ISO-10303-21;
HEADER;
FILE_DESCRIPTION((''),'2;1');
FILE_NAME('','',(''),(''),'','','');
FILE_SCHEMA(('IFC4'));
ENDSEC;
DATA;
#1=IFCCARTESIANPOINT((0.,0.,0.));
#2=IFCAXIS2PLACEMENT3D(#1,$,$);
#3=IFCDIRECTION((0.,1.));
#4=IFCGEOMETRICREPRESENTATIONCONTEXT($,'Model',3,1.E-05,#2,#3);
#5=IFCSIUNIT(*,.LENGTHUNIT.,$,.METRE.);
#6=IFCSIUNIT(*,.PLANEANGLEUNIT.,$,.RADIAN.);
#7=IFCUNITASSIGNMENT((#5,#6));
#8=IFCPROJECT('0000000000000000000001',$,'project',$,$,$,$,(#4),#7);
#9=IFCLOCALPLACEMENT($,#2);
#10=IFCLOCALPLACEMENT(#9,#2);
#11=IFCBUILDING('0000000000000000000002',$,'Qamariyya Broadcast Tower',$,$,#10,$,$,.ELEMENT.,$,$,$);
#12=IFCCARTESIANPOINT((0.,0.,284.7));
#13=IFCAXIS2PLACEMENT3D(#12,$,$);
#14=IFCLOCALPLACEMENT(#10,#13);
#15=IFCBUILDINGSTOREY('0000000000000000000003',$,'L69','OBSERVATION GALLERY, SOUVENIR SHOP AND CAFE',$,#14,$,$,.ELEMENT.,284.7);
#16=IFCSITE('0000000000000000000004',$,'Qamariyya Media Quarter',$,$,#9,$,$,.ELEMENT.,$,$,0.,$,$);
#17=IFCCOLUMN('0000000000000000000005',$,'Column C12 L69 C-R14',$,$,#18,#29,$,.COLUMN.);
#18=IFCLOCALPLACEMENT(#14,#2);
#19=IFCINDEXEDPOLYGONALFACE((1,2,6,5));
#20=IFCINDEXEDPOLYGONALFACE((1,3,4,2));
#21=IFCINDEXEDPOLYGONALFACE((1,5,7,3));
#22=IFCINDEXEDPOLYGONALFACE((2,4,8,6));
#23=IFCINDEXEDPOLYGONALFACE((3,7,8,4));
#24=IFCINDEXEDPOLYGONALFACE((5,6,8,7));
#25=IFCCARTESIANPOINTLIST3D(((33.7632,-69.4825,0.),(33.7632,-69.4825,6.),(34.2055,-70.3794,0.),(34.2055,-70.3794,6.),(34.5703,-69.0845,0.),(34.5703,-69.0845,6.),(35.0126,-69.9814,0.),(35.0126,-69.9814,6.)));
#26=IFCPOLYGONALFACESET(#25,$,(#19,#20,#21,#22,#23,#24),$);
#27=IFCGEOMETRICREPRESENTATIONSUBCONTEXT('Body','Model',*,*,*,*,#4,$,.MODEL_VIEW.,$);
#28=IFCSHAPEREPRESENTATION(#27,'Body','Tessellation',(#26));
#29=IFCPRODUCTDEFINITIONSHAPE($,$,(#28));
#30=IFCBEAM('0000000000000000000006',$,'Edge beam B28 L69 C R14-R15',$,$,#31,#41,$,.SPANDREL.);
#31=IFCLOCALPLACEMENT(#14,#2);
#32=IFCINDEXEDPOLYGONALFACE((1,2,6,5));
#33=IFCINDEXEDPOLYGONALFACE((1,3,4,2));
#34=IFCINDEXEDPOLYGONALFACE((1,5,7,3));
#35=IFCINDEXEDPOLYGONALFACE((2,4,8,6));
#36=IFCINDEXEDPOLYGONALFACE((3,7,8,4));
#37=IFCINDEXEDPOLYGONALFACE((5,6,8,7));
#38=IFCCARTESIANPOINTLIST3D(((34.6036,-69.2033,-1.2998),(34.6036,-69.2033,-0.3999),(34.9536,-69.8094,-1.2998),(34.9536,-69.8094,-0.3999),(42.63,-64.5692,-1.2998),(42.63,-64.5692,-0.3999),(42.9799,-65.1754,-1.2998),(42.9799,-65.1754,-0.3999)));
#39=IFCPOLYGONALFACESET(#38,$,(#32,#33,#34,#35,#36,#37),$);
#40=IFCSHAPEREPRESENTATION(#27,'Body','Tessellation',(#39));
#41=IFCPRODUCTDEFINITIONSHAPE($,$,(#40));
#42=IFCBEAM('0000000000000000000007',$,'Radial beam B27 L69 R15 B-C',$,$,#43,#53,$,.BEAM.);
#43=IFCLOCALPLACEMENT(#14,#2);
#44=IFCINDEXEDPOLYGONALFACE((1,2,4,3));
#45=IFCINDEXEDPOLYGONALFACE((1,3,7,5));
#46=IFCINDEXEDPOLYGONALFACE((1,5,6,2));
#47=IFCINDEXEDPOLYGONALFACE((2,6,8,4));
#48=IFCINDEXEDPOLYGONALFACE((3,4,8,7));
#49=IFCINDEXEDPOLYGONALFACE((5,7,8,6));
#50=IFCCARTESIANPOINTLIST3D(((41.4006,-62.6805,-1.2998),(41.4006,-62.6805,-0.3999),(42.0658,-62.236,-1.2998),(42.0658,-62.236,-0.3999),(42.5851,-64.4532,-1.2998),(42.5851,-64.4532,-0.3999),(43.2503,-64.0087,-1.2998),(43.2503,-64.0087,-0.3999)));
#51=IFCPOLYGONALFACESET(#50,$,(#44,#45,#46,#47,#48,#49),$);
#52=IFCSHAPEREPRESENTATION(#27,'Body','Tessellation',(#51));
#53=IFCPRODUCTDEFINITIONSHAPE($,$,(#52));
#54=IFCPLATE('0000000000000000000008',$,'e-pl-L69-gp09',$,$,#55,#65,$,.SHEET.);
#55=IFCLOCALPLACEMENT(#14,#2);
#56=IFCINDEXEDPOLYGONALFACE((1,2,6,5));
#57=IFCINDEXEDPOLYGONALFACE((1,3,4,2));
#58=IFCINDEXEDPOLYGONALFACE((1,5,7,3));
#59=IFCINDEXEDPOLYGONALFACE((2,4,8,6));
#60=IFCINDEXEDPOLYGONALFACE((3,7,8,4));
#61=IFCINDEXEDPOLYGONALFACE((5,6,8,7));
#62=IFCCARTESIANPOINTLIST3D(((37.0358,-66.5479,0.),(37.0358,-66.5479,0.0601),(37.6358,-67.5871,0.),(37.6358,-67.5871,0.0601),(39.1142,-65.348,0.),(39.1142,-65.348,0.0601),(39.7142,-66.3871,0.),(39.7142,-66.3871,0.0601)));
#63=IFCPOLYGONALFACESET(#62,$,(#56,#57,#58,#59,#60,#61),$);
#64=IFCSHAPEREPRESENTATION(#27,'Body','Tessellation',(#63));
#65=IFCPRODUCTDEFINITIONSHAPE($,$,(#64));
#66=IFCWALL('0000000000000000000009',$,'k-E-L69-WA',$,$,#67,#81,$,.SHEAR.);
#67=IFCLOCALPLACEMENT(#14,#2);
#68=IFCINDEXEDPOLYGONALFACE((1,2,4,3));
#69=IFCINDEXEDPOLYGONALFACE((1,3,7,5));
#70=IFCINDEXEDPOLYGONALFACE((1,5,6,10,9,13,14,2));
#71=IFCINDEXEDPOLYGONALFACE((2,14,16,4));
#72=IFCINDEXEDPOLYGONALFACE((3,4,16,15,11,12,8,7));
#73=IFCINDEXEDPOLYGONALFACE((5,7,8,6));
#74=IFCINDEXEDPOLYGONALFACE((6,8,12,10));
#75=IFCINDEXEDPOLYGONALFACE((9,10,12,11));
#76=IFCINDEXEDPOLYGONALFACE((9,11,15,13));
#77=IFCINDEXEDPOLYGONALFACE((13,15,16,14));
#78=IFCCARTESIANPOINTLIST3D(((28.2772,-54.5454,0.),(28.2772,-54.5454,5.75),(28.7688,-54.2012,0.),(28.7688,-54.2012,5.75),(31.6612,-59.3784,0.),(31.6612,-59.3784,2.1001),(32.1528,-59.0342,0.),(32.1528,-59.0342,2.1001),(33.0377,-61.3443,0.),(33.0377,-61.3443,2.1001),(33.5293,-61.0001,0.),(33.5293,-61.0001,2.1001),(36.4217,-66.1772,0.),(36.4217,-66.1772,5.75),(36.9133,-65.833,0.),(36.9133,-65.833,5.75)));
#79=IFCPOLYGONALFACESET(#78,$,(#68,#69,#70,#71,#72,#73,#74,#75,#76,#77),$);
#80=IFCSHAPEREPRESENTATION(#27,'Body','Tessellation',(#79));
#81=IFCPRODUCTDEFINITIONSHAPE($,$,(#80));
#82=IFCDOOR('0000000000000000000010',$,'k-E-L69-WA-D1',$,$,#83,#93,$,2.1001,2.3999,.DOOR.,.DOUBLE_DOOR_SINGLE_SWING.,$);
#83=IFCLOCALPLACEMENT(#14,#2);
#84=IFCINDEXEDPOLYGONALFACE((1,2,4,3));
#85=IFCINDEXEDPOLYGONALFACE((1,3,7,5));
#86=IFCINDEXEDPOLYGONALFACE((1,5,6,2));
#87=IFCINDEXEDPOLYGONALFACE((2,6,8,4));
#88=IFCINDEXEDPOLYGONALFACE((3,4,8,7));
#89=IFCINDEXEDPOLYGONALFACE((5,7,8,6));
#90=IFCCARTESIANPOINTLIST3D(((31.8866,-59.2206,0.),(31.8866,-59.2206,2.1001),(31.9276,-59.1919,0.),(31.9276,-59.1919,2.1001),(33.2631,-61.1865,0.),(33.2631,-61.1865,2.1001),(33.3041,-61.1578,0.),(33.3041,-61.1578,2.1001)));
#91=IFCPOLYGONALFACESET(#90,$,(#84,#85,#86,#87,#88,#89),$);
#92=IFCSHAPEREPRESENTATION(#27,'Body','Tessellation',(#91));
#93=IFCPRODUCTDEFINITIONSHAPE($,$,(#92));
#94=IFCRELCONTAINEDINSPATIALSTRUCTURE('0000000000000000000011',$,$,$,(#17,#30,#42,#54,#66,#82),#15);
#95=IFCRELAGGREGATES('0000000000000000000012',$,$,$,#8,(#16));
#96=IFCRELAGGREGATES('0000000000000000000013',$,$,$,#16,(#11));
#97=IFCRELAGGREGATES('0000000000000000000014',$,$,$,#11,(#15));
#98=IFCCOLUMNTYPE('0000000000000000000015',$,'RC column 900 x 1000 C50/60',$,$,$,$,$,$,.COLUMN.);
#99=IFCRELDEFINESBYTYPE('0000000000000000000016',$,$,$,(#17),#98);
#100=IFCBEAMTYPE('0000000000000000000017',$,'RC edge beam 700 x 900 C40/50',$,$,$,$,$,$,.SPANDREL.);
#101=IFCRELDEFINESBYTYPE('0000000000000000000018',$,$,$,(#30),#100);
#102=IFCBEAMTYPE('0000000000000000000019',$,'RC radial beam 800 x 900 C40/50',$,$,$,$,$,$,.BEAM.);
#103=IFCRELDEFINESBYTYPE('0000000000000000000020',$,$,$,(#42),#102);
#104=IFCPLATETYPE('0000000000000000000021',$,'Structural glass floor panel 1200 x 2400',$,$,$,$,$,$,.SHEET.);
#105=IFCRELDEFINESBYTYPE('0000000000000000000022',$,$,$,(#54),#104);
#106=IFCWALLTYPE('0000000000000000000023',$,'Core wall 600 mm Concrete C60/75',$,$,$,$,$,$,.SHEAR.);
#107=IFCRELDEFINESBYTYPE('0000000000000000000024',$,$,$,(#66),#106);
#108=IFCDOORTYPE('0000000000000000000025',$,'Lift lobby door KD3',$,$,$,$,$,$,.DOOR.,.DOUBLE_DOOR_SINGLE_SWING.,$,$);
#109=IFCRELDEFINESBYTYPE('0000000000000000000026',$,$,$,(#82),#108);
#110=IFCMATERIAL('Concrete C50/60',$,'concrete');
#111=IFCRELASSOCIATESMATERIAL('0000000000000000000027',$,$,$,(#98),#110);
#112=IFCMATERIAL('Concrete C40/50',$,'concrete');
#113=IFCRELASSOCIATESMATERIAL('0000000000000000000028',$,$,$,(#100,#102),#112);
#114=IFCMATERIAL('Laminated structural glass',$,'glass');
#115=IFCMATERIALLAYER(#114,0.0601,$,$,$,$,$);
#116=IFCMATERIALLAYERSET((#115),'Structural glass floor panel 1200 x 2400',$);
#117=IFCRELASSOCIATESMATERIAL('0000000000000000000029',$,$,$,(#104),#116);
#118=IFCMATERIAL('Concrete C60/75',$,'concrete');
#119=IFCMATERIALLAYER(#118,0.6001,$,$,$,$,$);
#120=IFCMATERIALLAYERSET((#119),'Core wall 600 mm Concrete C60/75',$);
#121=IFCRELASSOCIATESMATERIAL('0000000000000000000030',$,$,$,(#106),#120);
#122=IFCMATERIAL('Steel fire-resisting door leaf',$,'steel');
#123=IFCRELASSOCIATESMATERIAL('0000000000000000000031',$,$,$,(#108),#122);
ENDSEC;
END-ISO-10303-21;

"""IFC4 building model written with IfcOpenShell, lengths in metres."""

from ifc_helpers import new_model, si_unit, direction, frame, frame_2d, origin, origin_2d, place, context, subcontext, project, spatial, rectangle, extrude, material, layer, layer_set, material_profile, profile_set, type_object, element, fill, save


model = new_model("IFC4")

# Units and contexts
model_context = context("Model", 3, precision=1e-05, world=origin(), true_north=direction((0.0, 1.0)))
body_context = subcontext(model_context, "Body", "Model", "MODEL_VIEW")
ifc_project = project(units=[si_unit("LENGTHUNIT", "METRE"), si_unit("PLANEANGLEUNIT", "RADIAN")], contexts=[model_context])

# Site, building, storey
site_placement = place(None, origin())
site = spatial("IfcSite", under=ifc_project, at=site_placement, Name="Qamariyya Media Quarter", CompositionType="ELEMENT", RefElevation=0.0)
building_placement = place(site_placement, origin())
building = spatial("IfcBuilding", under=site, at=building_placement, Name="Qamariyya Broadcast Tower", CompositionType="ELEMENT")
storey_placement = place(building_placement, frame((0.0, 0.0, 284.7)))
storey = spatial("IfcBuildingStorey", under=building, at=storey_placement, Name="L69", Description="OBSERVATION GALLERY, SOUVENIR SHOP AND CAFE", CompositionType="ELEMENT", Elevation=284.7)

# Column
ifc_material_1 = material(Name="Concrete C50/60", Category="concrete")
ifc_material_profile_1 = material_profile(ifc_material_1, rectangle(XDim=0.8999, YDim=1.0, at=origin_2d()))
ifc_profile_set_1 = profile_set([ifc_material_profile_1], Name="Concrete C50/60")
column_type = type_object("IfcColumnType", Name="RC column 900 x 1000 C50/60", PredefinedType="COLUMN", material=ifc_profile_set_1)
column_placement = place(storey_placement, frame((34.3879, -69.7319, 0.0), z_axis=(0.0, 0.0, 1.0), x_axis=(0.896873, 0.442289, 0.0)))
element("IfcColumn", 1, at=column_placement, inside=storey, type_object=column_type, Name="Column C12 L69 C-R14", PredefinedType="COLUMN", context=body_context, shape_type="SweptSolid", body=[
    extrude(rectangle(XDim=0.8999, YDim=1.0, at=origin_2d()), origin(), (0.0, 0.0, 1.0), 6.0),
])

# Beams
ifc_material_2 = material(Name="Concrete C40/50", Category="concrete")
ifc_material_profile_2 = material_profile(ifc_material_2, rectangle(XDim=0.7, YDim=0.8999, at=origin_2d()))
ifc_profile_set_2 = profile_set([ifc_material_profile_2], Name="Concrete C40/50")
beam_type_1 = type_object("IfcBeamType", Name="RC edge beam 700 x 900 C40/50", PredefinedType="SPANDREL", material=ifc_profile_set_2)
beam_1_placement = place(storey_placement, frame((34.7786, -69.5063, -0.8499), z_axis=(0.866025, 0.500001, 0.0), x_axis=(-0.500001, 0.866025, 0.0)))
element("IfcBeam", 2, at=beam_1_placement, inside=storey, type_object=beam_type_1, Name="Edge beam B28 L69 C R14-R15", PredefinedType="SPANDREL", context=body_context, shape_type="SweptSolid", body=[
    extrude(rectangle(XDim=0.7, YDim=0.8999, at=origin_2d()), origin(), (0.0, 0.0, 1.0), 9.2681),
])
ifc_material_profile_3 = material_profile(ifc_material_2, rectangle(XDim=0.8, YDim=0.8999, at=origin_2d()))
ifc_profile_set_3 = profile_set([ifc_material_profile_3], Name="Concrete C40/50")
beam_type_2 = type_object("IfcBeamType", Name="RC radial beam 800 x 900 C40/50", PredefinedType="BEAM", material=ifc_profile_set_3)
beam_2_placement = place(storey_placement, frame((41.7332, -62.4583, -0.8499), z_axis=(0.555598, -0.831451, 0.0), x_axis=(0.831451, 0.555598, 0.0)))
element("IfcBeam", 3, at=beam_2_placement, inside=storey, type_object=beam_type_2, Name="Radial beam B27 L69 R15 B-C", PredefinedType="BEAM", context=body_context, shape_type="SweptSolid", body=[
    extrude(rectangle(XDim=0.8, YDim=0.8999, at=origin_2d()), origin(), (0.0, 0.0, 1.0), 2.1321),
])

# Plate
ifc_material_3 = material(Name="Laminated structural glass", Category="glass")
ifc_layer_1 = layer(ifc_material_3, 0.0601)
ifc_layer_set_1 = layer_set([ifc_layer_1], Name="Structural glass floor panel 1200 x 2400")
plate_type = type_object("IfcPlateType", Name="Structural glass floor panel 1200 x 2400", PredefinedType="SHEET", material=ifc_layer_set_1)
plate_placement = place(storey_placement, frame((38.375, -66.4675, 0.0), z_axis=(0.0, 0.0, 1.0), x_axis=(0.866025, 0.5, 0.0)))
element("IfcPlate", 4, at=plate_placement, inside=storey, type_object=plate_type, Name="e-pl-L69-gp09", PredefinedType="SHEET", context=body_context, shape_type="SweptSolid", body=[
    extrude(rectangle(XDim=2.3999, YDim=1.2, at=origin_2d()), origin(), (0.0, 0.0, 1.0), 0.0601),
])

# Wall, opening, door
ifc_material_4 = material(Name="Concrete C60/75", Category="concrete")
ifc_layer_2 = layer(ifc_material_4, 0.6001)
ifc_layer_set_2 = layer_set([ifc_layer_2], Name="Core wall 600 mm Concrete C60/75")
wall_type_1 = type_object("IfcWallType", Name="Core wall 600 mm Concrete C60/75", PredefinedType="SHEAR", material=ifc_layer_set_2)
wall_1_placement = place(storey_placement, frame((36.6675, -66.0051, 0.0), z_axis=(0.0, 0.0, 1.0), x_axis=(-0.573568, 0.819158, 0.0)))
wall_1 = element("IfcWall", 5, at=wall_1_placement, inside=storey, type_object=wall_type_1, Name="k-E-L69-WA", PredefinedType="SHEAR", context=body_context, shape_type="SweptSolid", body=[
    extrude(rectangle(XDim=14.1997, YDim=0.6001, at=frame_2d((7.0999, 0.0))), origin(), (0.0, 0.0, 1.0), 5.75),
])
opening_1_placement = place(wall_1_placement, frame((5.8999, 0.0, 0.0)))
opening_1 = element("IfcOpeningElement", 6, at=opening_1_placement, cuts=wall_1, PredefinedType="OPENING", context=body_context, shape_type="SweptSolid", body=[
    extrude(rectangle(XDim=2.3999, YDim=2.1001, at=frame_2d((1.2, 1.05))), frame((0.0, 0.3101, 0.0), z_axis=(0.0, -1.0, 0.0), x_axis=(1.0, 0.0, 0.0)), (0.0, 0.0, 1.0), 0.6201),
])
ifc_material_5 = material(Name="Steel fire-resisting door leaf", Category="steel")
door_type_1 = type_object("IfcDoorType", Name="Lift lobby door KD3", OperationType="DOUBLE_DOOR_SINGLE_SWING", PredefinedType="DOOR", material=ifc_material_5)
door_1_placement = place(opening_1_placement, origin())
door_1 = element("IfcDoor", 7, at=door_1_placement, inside=storey, type_object=door_type_1, Name="k-E-L69-WA-D1", OperationType="DOUBLE_DOOR_SINGLE_SWING", OverallHeight=2.1001, OverallWidth=2.3999, PredefinedType="DOOR", context=body_context, shape_type="SweptSolid", body=[
    extrude(rectangle(XDim=2.3999, YDim=2.1001, at=frame_2d((1.2, 1.05))), frame((0.0, 0.0249, 0.0), z_axis=(0.0, -1.0, 0.0), x_axis=(1.0, 0.0, 0.0)), (0.0, 0.0, 1.0), 0.05),
])
fill(opening_1, door_1)

save(model, "model.ifc")
